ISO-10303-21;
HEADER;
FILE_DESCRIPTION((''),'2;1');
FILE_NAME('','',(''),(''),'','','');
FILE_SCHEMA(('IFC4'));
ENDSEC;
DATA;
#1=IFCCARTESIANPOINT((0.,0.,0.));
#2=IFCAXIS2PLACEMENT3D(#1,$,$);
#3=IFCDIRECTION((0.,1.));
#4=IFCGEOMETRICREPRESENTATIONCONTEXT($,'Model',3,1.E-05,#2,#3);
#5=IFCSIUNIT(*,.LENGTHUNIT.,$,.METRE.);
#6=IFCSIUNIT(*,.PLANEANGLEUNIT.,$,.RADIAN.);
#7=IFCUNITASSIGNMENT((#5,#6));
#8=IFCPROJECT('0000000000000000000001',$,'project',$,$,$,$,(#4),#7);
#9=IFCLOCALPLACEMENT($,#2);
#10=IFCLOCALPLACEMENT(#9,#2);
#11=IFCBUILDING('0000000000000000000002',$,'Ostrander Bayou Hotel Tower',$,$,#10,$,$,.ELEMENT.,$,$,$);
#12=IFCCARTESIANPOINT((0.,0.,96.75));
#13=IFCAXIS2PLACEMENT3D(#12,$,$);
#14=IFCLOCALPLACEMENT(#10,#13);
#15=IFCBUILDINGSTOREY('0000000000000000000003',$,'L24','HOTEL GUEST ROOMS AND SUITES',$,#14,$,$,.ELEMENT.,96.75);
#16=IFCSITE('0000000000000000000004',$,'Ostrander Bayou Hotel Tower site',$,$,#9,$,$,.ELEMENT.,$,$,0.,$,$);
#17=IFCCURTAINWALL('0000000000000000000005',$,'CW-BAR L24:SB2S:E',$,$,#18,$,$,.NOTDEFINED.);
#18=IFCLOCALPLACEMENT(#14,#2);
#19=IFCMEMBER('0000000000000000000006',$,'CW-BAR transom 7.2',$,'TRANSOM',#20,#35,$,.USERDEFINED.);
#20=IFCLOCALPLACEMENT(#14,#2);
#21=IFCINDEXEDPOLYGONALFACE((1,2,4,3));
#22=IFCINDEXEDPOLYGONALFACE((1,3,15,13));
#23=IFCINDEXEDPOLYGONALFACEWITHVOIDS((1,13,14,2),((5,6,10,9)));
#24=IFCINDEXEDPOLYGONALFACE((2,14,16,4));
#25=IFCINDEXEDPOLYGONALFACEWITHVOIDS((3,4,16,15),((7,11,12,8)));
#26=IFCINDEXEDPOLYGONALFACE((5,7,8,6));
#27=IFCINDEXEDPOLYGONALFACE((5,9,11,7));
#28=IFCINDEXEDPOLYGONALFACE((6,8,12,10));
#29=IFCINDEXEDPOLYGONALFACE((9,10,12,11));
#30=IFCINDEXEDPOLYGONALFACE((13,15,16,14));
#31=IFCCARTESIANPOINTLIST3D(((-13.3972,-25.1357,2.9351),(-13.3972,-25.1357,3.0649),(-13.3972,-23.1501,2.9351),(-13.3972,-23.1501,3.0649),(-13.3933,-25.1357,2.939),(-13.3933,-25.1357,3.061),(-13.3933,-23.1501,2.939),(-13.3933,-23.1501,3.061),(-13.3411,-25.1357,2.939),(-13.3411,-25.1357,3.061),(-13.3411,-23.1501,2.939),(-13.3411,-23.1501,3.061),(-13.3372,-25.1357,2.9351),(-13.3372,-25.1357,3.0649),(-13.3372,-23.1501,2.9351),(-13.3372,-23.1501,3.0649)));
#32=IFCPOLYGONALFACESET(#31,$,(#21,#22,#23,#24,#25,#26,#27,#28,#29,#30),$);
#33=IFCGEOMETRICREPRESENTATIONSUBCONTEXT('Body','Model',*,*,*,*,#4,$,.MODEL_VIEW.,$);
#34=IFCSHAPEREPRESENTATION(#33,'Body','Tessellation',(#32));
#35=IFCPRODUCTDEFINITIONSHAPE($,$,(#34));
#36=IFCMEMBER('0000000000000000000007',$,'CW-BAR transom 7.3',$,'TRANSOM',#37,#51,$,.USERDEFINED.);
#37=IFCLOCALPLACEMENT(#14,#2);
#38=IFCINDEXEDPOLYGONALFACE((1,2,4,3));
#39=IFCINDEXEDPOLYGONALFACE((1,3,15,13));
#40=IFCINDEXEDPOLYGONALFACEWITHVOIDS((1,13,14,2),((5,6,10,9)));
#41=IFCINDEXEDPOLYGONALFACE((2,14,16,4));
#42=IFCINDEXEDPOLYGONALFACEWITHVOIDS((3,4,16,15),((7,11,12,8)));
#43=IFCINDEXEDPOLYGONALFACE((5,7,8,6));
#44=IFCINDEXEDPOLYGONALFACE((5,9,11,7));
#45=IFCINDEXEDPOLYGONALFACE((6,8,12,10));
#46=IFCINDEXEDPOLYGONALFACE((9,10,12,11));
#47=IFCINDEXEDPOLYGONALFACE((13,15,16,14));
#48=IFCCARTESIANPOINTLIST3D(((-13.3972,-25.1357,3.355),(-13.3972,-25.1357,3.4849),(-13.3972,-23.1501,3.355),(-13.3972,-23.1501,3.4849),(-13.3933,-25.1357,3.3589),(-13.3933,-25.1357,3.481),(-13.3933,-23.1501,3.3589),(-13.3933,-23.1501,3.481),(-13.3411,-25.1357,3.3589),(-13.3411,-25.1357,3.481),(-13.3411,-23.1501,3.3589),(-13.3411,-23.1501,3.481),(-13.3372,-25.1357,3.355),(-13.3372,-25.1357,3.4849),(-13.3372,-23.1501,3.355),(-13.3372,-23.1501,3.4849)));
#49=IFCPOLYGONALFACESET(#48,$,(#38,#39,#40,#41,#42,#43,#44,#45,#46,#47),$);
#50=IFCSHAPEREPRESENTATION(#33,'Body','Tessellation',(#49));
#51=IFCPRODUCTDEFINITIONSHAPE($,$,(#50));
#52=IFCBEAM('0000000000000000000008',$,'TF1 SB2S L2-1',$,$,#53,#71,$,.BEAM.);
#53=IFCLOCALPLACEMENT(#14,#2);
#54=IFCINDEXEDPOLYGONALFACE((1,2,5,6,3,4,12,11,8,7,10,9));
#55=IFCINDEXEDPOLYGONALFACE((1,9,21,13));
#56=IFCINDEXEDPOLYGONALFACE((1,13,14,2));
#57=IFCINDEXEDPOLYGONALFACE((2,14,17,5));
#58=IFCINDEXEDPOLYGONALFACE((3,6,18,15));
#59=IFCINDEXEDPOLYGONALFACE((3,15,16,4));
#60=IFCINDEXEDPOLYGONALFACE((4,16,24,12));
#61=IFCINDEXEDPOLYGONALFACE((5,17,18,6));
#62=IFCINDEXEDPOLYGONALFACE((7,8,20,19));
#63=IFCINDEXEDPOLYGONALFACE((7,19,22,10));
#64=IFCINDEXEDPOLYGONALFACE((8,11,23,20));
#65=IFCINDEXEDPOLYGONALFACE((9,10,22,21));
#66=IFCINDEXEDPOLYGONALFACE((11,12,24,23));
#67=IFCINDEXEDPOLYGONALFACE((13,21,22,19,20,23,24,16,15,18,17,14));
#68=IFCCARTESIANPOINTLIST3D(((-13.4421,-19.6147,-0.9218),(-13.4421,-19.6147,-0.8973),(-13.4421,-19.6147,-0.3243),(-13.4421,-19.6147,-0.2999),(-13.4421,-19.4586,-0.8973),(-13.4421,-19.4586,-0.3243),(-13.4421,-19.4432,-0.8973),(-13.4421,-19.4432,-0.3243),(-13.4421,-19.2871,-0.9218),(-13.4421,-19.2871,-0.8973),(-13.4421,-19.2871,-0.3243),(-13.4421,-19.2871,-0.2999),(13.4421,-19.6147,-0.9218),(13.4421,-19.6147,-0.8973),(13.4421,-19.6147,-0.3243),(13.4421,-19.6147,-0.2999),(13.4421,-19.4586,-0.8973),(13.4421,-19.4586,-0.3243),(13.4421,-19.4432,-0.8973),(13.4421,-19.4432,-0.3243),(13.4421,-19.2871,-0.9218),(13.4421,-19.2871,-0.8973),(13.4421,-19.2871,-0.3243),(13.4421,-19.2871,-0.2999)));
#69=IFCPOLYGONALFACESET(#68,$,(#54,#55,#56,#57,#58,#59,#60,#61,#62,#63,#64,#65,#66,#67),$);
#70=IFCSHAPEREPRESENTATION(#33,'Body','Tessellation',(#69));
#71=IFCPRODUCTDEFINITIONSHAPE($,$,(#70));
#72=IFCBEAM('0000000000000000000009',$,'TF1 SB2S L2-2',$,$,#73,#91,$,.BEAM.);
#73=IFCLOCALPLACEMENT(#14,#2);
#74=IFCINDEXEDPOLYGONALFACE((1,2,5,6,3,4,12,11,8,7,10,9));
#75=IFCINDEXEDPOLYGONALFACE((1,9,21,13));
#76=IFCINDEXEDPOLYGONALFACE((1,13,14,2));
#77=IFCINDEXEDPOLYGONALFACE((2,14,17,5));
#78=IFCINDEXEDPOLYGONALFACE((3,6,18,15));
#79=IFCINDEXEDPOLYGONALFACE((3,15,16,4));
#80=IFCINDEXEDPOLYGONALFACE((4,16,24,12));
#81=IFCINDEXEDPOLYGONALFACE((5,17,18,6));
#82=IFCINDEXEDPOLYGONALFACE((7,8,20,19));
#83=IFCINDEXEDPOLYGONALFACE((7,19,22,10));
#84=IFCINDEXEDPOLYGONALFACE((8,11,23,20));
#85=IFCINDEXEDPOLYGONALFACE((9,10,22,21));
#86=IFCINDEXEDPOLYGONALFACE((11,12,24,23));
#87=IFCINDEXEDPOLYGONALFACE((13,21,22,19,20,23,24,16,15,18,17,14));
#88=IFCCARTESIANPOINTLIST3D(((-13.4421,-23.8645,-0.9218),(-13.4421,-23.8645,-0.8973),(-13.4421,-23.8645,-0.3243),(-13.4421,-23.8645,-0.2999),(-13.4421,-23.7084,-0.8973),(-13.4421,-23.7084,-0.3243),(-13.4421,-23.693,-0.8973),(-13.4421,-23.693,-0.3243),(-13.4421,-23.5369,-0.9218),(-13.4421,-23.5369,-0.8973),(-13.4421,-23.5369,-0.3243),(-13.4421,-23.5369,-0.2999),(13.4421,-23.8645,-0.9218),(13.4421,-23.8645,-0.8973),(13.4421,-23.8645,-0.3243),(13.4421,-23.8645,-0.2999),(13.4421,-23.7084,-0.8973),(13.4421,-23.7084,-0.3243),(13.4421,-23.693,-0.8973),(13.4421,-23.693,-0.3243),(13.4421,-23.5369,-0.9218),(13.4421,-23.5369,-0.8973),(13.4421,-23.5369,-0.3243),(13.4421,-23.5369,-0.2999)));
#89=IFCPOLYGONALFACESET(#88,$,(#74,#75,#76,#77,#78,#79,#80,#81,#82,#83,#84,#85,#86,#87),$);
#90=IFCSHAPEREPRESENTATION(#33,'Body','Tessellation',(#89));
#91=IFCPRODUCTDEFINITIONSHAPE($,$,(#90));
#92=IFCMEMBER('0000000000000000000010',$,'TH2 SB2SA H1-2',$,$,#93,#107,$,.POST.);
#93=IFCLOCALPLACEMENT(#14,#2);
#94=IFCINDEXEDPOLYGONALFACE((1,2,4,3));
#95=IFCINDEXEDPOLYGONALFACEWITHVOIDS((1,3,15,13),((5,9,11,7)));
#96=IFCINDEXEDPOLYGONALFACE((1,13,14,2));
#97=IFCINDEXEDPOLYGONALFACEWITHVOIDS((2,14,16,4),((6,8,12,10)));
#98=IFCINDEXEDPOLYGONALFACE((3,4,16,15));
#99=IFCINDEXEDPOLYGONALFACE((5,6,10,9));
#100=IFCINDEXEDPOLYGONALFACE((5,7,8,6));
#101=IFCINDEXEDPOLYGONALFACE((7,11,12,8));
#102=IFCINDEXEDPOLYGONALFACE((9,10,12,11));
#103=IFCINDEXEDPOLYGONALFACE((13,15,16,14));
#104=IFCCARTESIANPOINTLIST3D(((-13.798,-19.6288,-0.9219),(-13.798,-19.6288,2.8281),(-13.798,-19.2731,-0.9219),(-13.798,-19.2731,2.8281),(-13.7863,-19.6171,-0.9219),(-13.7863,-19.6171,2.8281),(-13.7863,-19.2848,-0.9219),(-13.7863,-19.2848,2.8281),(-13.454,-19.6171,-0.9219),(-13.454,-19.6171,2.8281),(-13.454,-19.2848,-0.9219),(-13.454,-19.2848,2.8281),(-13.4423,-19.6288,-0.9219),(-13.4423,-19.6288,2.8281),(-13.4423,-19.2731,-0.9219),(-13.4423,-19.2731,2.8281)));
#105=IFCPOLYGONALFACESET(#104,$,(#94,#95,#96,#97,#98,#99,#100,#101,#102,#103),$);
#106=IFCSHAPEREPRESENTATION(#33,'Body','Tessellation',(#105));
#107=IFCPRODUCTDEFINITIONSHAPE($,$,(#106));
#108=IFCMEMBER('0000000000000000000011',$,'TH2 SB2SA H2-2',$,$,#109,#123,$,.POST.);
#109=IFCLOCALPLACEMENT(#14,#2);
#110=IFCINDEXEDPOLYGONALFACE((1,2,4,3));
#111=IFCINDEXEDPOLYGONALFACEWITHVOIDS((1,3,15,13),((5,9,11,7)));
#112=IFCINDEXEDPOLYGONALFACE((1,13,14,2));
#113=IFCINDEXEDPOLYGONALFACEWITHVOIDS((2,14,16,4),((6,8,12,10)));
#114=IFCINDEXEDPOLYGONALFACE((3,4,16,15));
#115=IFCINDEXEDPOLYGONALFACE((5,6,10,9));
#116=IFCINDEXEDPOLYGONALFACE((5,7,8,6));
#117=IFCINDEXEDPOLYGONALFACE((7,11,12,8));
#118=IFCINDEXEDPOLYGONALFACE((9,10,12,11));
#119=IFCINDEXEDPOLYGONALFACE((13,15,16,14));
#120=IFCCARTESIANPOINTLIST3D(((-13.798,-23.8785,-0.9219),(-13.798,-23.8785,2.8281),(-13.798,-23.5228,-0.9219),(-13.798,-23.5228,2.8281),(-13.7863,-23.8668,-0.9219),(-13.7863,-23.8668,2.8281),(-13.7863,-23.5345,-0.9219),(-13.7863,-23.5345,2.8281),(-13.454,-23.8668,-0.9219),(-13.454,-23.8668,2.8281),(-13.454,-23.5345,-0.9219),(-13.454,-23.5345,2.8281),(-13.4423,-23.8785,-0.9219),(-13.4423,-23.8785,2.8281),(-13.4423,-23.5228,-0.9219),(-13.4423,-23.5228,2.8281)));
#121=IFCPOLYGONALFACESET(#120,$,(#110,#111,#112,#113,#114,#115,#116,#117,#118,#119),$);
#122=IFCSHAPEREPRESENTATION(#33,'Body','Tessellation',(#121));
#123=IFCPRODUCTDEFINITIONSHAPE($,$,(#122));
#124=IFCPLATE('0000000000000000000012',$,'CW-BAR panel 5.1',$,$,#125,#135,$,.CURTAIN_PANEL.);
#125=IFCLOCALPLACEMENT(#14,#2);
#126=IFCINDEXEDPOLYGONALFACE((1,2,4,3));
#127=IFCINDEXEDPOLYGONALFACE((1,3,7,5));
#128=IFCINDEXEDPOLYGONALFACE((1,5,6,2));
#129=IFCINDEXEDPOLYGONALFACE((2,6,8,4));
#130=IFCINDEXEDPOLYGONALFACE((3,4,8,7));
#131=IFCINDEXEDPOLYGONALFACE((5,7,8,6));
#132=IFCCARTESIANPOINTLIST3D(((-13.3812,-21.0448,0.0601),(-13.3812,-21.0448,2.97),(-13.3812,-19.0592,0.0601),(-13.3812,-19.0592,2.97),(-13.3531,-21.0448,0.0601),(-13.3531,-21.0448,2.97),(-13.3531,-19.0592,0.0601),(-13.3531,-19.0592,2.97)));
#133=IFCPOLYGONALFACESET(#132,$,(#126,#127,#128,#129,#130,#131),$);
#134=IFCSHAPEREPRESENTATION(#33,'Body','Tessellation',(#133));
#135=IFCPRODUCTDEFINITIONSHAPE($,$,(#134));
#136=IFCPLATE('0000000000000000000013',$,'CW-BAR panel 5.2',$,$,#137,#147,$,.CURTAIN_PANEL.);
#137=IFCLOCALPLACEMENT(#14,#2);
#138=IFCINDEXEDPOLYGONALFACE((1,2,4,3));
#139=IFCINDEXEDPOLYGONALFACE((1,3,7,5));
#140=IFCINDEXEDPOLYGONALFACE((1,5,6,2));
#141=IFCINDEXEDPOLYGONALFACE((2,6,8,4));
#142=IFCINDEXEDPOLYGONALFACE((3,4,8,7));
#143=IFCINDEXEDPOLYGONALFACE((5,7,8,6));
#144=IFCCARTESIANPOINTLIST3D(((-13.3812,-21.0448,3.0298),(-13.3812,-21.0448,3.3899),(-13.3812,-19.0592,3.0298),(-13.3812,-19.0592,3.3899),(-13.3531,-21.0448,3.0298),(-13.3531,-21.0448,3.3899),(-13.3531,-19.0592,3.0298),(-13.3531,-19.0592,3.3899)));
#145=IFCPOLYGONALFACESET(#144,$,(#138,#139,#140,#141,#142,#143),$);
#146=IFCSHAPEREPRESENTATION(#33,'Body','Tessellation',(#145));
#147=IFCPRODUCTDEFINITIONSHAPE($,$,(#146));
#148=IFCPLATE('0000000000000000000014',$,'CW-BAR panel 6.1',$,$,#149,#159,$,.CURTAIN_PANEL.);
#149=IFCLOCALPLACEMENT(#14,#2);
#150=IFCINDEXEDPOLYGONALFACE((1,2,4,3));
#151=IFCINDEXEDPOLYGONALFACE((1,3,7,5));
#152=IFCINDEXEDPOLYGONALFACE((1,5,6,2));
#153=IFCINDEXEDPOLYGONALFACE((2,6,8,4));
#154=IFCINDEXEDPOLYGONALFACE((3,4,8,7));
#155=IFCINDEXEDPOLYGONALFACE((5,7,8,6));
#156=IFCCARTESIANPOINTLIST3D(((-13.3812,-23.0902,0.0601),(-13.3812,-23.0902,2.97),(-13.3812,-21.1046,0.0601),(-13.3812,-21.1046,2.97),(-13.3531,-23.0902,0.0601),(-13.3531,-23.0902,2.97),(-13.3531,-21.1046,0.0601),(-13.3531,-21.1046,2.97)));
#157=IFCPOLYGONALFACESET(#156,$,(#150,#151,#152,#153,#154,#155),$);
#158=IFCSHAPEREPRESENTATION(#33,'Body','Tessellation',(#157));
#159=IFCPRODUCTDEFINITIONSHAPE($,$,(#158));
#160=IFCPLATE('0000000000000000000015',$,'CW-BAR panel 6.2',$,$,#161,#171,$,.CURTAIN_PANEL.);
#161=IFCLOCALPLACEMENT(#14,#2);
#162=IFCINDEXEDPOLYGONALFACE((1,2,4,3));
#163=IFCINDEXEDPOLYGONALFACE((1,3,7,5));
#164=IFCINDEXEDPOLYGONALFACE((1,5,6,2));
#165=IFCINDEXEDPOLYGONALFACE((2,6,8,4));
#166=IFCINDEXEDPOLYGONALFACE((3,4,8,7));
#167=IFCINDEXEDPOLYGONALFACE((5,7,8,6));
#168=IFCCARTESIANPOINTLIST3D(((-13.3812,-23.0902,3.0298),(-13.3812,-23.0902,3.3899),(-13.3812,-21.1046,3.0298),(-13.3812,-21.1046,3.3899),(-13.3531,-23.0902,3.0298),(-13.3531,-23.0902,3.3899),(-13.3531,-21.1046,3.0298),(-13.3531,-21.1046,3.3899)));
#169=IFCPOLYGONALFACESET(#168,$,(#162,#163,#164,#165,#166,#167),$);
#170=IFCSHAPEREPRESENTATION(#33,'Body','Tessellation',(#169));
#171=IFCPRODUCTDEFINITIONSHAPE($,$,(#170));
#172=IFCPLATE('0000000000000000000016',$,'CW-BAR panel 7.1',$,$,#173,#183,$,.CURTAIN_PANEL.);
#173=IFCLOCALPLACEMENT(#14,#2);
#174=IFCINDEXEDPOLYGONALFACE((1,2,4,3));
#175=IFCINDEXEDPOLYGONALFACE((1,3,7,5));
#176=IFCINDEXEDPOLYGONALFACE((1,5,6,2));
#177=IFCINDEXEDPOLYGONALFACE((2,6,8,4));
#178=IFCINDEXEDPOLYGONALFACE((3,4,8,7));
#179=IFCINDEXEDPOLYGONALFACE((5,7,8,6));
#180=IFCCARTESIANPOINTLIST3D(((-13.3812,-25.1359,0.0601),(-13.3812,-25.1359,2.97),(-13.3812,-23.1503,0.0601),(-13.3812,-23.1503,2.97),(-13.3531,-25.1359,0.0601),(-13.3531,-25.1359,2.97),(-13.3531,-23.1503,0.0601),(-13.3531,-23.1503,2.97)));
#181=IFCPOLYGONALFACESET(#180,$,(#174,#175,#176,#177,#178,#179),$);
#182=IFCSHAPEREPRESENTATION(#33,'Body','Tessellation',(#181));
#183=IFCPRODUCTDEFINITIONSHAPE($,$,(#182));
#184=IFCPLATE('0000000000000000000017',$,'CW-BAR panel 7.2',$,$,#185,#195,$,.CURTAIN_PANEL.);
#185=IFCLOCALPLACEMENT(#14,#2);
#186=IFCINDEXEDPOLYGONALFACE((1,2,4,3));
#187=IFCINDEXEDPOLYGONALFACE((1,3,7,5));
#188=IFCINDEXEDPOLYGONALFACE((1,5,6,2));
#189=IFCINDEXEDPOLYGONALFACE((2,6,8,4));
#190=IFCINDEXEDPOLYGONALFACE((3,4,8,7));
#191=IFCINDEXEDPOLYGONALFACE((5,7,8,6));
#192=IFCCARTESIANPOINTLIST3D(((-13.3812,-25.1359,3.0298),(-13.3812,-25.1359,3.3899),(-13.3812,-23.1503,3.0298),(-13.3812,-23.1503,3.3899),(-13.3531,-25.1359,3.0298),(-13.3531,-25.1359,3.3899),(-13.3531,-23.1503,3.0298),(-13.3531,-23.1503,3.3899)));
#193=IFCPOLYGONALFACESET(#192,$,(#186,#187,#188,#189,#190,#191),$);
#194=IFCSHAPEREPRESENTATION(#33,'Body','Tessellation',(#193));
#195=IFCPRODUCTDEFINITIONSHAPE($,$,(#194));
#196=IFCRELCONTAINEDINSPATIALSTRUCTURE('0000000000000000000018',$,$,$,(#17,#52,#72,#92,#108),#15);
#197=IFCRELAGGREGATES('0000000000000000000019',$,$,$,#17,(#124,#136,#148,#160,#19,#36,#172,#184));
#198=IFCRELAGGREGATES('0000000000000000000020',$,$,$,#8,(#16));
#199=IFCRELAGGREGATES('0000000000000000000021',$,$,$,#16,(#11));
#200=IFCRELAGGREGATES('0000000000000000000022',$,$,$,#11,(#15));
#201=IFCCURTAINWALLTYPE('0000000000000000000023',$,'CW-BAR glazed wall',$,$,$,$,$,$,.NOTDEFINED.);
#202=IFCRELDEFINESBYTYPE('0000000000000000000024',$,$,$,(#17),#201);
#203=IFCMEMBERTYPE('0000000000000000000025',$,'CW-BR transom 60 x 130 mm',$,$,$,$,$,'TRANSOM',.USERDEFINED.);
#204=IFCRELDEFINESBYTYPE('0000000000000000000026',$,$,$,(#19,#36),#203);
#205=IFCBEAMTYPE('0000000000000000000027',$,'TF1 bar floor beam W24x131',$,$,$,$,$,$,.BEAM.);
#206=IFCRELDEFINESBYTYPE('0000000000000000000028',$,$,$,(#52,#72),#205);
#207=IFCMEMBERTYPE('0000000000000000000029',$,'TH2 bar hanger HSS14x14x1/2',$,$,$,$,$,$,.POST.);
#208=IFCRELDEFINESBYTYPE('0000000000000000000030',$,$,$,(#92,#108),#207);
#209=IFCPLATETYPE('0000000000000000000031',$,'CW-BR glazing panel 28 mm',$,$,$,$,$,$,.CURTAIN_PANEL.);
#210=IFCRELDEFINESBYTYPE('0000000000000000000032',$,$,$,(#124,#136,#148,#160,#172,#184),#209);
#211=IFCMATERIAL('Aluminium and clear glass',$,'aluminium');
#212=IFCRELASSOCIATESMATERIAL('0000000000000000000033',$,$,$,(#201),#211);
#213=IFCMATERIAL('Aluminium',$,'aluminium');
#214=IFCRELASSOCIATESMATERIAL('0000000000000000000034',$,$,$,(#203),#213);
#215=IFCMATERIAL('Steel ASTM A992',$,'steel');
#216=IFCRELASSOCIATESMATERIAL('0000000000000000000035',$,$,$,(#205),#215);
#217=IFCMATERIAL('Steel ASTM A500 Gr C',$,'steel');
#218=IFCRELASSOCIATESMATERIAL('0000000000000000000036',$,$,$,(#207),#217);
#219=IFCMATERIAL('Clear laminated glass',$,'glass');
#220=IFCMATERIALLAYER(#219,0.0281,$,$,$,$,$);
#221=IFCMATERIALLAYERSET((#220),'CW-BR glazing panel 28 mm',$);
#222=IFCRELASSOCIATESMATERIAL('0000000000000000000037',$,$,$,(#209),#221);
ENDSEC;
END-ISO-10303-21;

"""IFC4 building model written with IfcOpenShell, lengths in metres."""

from ifc_helpers import new_model, si_unit, direction, frame, origin, origin_2d, place, context, subcontext, project, spatial, rectangle, hollow_rectangle, i_section, extrude, material, layer, layer_set, material_profile, profile_set, type_object, element, aggregate, save


model = new_model("IFC4")

# Units and contexts
model_context = context("Model", 3, precision=1e-05, world=origin(), true_north=direction((0.0, 1.0)))
body_context = subcontext(model_context, "Body", "Model", "MODEL_VIEW")
ifc_project = project(units=[si_unit("LENGTHUNIT", "METRE"), si_unit("PLANEANGLEUNIT", "RADIAN")], contexts=[model_context])

# Site, building, storey
site_placement = place(None, origin())
site = spatial("IfcSite", under=ifc_project, at=site_placement, Name="Ostrander Bayou Hotel Tower site", CompositionType="ELEMENT", RefElevation=0.0)
building_placement = place(site_placement, origin())
building = spatial("IfcBuilding", under=site, at=building_placement, Name="Ostrander Bayou Hotel Tower", CompositionType="ELEMENT")
storey_placement = place(building_placement, frame((0.0, 0.0, 96.75)))
storey = spatial("IfcBuildingStorey", under=building, at=storey_placement, Name="L24", Description="HOTEL GUEST ROOMS AND SUITES", CompositionType="ELEMENT", Elevation=96.75)

# Curtain wall, members
ifc_material_1 = material(Name="Aluminium and clear glass", Category="aluminium")
curtain_wall_type = type_object("IfcCurtainWallType", Name="CW-BAR glazed wall", PredefinedType="NOTDEFINED", material=ifc_material_1)
curtain_wall_placement = place(storey_placement, origin())
curtain_wall = element("IfcCurtainWall", 1, at=curtain_wall_placement, inside=storey, type_object=curtain_wall_type, Name="CW-BAR L24:SB2S:E", PredefinedType="NOTDEFINED")
ifc_material_2 = material(Name="Aluminium", Category="aluminium")
ifc_material_profile_1 = material_profile(ifc_material_2, hollow_rectangle(XDim=0.0601, YDim=0.1299, WallThickness=0.0039, at=origin_2d()))
ifc_profile_set_1 = profile_set([ifc_material_profile_1], Name="Aluminium")
member_type_1 = type_object("IfcMemberType", Name="CW-BR transom 60 x 130 mm", ElementType="TRANSOM", PredefinedType="USERDEFINED", material=ifc_profile_set_1)
member_1_placement = place(storey_placement, frame((-13.3672, -23.1501, 3.0), z_axis=(0.0, -1.0, 0.0), x_axis=(1.0, 0.0, 0.0)))
member_1 = element("IfcMember", 2, at=member_1_placement, type_object=member_type_1, Name="CW-BAR transom 7.2", ObjectType="TRANSOM", PredefinedType="USERDEFINED", context=body_context, shape_type="SweptSolid", body=[
    extrude(hollow_rectangle(XDim=0.0601, YDim=0.1299, WallThickness=0.0039, at=origin_2d()), origin(), (0.0, 0.0, 1.0), 1.9856),
])
member_2_placement = place(storey_placement, frame((-13.3672, -23.1501, 3.4199), z_axis=(0.0, -1.0, 0.0), x_axis=(1.0, 0.0, 0.0)))
member_2 = element("IfcMember", 3, at=member_2_placement, type_object=member_type_1, Name="CW-BAR transom 7.3", ObjectType="TRANSOM", PredefinedType="USERDEFINED", context=body_context, shape_type="SweptSolid", body=[
    extrude(hollow_rectangle(XDim=0.0601, YDim=0.1299, WallThickness=0.0039, at=origin_2d()), origin(), (0.0, 0.0, 1.0), 1.9856),
])

# Beams
ifc_material_3 = material(Name="Steel ASTM A992", Category="steel")
ifc_material_profile_2 = material_profile(ifc_material_3, i_section(OverallWidth=0.3276, OverallDepth=0.6218, WebThickness=0.0154, FlangeThickness=0.0244, at=origin_2d()))
ifc_profile_set_2 = profile_set([ifc_material_profile_2], Name="Steel ASTM A992")
beam_type = type_object("IfcBeamType", Name="TF1 bar floor beam W24x131", PredefinedType="BEAM", material=ifc_profile_set_2)
for number, where, z_axis, x_axis, name in (
    (4, (-13.4421, -19.4509, -0.6108), (1.0, 0.0, 0.0), (0.0, 1.0, 0.0), "TF1 SB2S L2-1"),
    (5, (-13.4421, -23.7007, -0.6108), (1.0, 0.0, 0.0), (0.0, 1.0, 0.0), "TF1 SB2S L2-2"),
):
    element("IfcBeam", number, at=place(storey_placement, frame(where, z_axis=z_axis, x_axis=x_axis)), inside=storey, type_object=beam_type, Name=name, PredefinedType="BEAM", context=body_context, shape_type="SweptSolid", body=[
        extrude(i_section(OverallWidth=0.3276, OverallDepth=0.6218, WebThickness=0.0154, FlangeThickness=0.0244, at=origin_2d()), origin(), (0.0, 0.0, 1.0), 26.8843),
    ])

# Members
ifc_material_4 = material(Name="Steel ASTM A500 Gr C", Category="steel")
ifc_material_profile_3 = material_profile(ifc_material_4, hollow_rectangle(XDim=0.3557, YDim=0.3557, WallThickness=0.0117, at=origin_2d()))
ifc_profile_set_3 = profile_set([ifc_material_profile_3], Name="Steel ASTM A500 Gr C")
member_type_2 = type_object("IfcMemberType", Name="TH2 bar hanger HSS14x14x1/2", PredefinedType="POST", material=ifc_profile_set_3)
for number, where, z_axis, x_axis, name in (
    (6, (-13.6201, -19.4509, -0.9219), (0.0, 0.0, 1.0), (1.0, 0.0, 0.0), "TH2 SB2SA H1-2"),
    (7, (-13.6201, -23.7007, -0.9219), (0.0, 0.0, 1.0), (1.0, 0.0, 0.0), "TH2 SB2SA H2-2"),
):
    element("IfcMember", number, at=place(storey_placement, frame(where, z_axis=z_axis, x_axis=x_axis)), inside=storey, type_object=member_type_2, Name=name, PredefinedType="POST", context=body_context, shape_type="SweptSolid", body=[
        extrude(hollow_rectangle(XDim=0.3557, YDim=0.3557, WallThickness=0.0117, at=origin_2d()), origin(), (0.0, 0.0, 1.0), 3.75),
    ])

# Plates
ifc_material_5 = material(Name="Clear laminated glass", Category="glass")
ifc_layer_1 = layer(ifc_material_5, 0.0281)
ifc_layer_set_1 = layer_set([ifc_layer_1], Name="CW-BR glazing panel 28 mm")
plate_type = type_object("IfcPlateType", Name="CW-BR glazing panel 28 mm", PredefinedType="CURTAIN_PANEL", material=ifc_layer_set_1)
plate_1_placement = place(storey_placement, frame((-13.3672, -20.052, 0.0601), z_axis=(0.0, 0.0, 1.0), x_axis=(0.0, -1.0, 0.0)))
plate_1 = element("IfcPlate", 8, at=plate_1_placement, type_object=plate_type, Name="CW-BAR panel 5.1", PredefinedType="CURTAIN_PANEL", context=body_context, shape_type="SweptSolid", body=[
    extrude(rectangle(XDim=1.9856, YDim=0.0281, at=origin_2d()), origin(), (0.0, 0.0, 1.0), 2.9099),
])
plate_2_placement = place(storey_placement, frame((-13.3672, -20.052, 3.0298), z_axis=(0.0, 0.0, 1.0), x_axis=(0.0, -1.0, 0.0)))
plate_2 = element("IfcPlate", 9, at=plate_2_placement, type_object=plate_type, Name="CW-BAR panel 5.2", PredefinedType="CURTAIN_PANEL", context=body_context, shape_type="SweptSolid", body=[
    extrude(rectangle(XDim=1.9856, YDim=0.0281, at=origin_2d()), origin(), (0.0, 0.0, 1.0), 0.3601),
])
plate_3_placement = place(storey_placement, frame((-13.3672, -22.0974, 0.0601), z_axis=(0.0, 0.0, 1.0), x_axis=(0.0, -1.0, 0.0)))
plate_3 = element("IfcPlate", 10, at=plate_3_placement, type_object=plate_type, Name="CW-BAR panel 6.1", PredefinedType="CURTAIN_PANEL", context=body_context, shape_type="SweptSolid", body=[
    extrude(rectangle(XDim=1.9856, YDim=0.0281, at=origin_2d()), origin(), (0.0, 0.0, 1.0), 2.9099),
])
plate_4_placement = place(storey_placement, frame((-13.3672, -22.0974, 3.0298), z_axis=(0.0, 0.0, 1.0), x_axis=(0.0, -1.0, 0.0)))
plate_4 = element("IfcPlate", 11, at=plate_4_placement, type_object=plate_type, Name="CW-BAR panel 6.2", PredefinedType="CURTAIN_PANEL", context=body_context, shape_type="SweptSolid", body=[
    extrude(rectangle(XDim=1.9856, YDim=0.0281, at=origin_2d()), origin(), (0.0, 0.0, 1.0), 0.3601),
])
plate_5_placement = place(storey_placement, frame((-13.3672, -24.1431, 0.0601), z_axis=(0.0, 0.0, 1.0), x_axis=(0.0, -1.0, 0.0)))
plate_5 = element("IfcPlate", 12, at=plate_5_placement, type_object=plate_type, Name="CW-BAR panel 7.1", PredefinedType="CURTAIN_PANEL", context=body_context, shape_type="SweptSolid", body=[
    extrude(rectangle(XDim=1.9856, YDim=0.0281, at=origin_2d()), origin(), (0.0, 0.0, 1.0), 2.9099),
])
plate_6_placement = place(storey_placement, frame((-13.3672, -24.1431, 3.0298), z_axis=(0.0, 0.0, 1.0), x_axis=(0.0, -1.0, 0.0)))
plate_6 = element("IfcPlate", 13, at=plate_6_placement, type_object=plate_type, Name="CW-BAR panel 7.2", PredefinedType="CURTAIN_PANEL", context=body_context, shape_type="SweptSolid", body=[
    extrude(rectangle(XDim=1.9856, YDim=0.0281, at=origin_2d()), origin(), (0.0, 0.0, 1.0), 0.3601),
])
aggregate(curtain_wall, [plate_1, plate_2, plate_3, plate_4, member_1, member_2, plate_5, plate_6])

save(model, "model.ifc")
